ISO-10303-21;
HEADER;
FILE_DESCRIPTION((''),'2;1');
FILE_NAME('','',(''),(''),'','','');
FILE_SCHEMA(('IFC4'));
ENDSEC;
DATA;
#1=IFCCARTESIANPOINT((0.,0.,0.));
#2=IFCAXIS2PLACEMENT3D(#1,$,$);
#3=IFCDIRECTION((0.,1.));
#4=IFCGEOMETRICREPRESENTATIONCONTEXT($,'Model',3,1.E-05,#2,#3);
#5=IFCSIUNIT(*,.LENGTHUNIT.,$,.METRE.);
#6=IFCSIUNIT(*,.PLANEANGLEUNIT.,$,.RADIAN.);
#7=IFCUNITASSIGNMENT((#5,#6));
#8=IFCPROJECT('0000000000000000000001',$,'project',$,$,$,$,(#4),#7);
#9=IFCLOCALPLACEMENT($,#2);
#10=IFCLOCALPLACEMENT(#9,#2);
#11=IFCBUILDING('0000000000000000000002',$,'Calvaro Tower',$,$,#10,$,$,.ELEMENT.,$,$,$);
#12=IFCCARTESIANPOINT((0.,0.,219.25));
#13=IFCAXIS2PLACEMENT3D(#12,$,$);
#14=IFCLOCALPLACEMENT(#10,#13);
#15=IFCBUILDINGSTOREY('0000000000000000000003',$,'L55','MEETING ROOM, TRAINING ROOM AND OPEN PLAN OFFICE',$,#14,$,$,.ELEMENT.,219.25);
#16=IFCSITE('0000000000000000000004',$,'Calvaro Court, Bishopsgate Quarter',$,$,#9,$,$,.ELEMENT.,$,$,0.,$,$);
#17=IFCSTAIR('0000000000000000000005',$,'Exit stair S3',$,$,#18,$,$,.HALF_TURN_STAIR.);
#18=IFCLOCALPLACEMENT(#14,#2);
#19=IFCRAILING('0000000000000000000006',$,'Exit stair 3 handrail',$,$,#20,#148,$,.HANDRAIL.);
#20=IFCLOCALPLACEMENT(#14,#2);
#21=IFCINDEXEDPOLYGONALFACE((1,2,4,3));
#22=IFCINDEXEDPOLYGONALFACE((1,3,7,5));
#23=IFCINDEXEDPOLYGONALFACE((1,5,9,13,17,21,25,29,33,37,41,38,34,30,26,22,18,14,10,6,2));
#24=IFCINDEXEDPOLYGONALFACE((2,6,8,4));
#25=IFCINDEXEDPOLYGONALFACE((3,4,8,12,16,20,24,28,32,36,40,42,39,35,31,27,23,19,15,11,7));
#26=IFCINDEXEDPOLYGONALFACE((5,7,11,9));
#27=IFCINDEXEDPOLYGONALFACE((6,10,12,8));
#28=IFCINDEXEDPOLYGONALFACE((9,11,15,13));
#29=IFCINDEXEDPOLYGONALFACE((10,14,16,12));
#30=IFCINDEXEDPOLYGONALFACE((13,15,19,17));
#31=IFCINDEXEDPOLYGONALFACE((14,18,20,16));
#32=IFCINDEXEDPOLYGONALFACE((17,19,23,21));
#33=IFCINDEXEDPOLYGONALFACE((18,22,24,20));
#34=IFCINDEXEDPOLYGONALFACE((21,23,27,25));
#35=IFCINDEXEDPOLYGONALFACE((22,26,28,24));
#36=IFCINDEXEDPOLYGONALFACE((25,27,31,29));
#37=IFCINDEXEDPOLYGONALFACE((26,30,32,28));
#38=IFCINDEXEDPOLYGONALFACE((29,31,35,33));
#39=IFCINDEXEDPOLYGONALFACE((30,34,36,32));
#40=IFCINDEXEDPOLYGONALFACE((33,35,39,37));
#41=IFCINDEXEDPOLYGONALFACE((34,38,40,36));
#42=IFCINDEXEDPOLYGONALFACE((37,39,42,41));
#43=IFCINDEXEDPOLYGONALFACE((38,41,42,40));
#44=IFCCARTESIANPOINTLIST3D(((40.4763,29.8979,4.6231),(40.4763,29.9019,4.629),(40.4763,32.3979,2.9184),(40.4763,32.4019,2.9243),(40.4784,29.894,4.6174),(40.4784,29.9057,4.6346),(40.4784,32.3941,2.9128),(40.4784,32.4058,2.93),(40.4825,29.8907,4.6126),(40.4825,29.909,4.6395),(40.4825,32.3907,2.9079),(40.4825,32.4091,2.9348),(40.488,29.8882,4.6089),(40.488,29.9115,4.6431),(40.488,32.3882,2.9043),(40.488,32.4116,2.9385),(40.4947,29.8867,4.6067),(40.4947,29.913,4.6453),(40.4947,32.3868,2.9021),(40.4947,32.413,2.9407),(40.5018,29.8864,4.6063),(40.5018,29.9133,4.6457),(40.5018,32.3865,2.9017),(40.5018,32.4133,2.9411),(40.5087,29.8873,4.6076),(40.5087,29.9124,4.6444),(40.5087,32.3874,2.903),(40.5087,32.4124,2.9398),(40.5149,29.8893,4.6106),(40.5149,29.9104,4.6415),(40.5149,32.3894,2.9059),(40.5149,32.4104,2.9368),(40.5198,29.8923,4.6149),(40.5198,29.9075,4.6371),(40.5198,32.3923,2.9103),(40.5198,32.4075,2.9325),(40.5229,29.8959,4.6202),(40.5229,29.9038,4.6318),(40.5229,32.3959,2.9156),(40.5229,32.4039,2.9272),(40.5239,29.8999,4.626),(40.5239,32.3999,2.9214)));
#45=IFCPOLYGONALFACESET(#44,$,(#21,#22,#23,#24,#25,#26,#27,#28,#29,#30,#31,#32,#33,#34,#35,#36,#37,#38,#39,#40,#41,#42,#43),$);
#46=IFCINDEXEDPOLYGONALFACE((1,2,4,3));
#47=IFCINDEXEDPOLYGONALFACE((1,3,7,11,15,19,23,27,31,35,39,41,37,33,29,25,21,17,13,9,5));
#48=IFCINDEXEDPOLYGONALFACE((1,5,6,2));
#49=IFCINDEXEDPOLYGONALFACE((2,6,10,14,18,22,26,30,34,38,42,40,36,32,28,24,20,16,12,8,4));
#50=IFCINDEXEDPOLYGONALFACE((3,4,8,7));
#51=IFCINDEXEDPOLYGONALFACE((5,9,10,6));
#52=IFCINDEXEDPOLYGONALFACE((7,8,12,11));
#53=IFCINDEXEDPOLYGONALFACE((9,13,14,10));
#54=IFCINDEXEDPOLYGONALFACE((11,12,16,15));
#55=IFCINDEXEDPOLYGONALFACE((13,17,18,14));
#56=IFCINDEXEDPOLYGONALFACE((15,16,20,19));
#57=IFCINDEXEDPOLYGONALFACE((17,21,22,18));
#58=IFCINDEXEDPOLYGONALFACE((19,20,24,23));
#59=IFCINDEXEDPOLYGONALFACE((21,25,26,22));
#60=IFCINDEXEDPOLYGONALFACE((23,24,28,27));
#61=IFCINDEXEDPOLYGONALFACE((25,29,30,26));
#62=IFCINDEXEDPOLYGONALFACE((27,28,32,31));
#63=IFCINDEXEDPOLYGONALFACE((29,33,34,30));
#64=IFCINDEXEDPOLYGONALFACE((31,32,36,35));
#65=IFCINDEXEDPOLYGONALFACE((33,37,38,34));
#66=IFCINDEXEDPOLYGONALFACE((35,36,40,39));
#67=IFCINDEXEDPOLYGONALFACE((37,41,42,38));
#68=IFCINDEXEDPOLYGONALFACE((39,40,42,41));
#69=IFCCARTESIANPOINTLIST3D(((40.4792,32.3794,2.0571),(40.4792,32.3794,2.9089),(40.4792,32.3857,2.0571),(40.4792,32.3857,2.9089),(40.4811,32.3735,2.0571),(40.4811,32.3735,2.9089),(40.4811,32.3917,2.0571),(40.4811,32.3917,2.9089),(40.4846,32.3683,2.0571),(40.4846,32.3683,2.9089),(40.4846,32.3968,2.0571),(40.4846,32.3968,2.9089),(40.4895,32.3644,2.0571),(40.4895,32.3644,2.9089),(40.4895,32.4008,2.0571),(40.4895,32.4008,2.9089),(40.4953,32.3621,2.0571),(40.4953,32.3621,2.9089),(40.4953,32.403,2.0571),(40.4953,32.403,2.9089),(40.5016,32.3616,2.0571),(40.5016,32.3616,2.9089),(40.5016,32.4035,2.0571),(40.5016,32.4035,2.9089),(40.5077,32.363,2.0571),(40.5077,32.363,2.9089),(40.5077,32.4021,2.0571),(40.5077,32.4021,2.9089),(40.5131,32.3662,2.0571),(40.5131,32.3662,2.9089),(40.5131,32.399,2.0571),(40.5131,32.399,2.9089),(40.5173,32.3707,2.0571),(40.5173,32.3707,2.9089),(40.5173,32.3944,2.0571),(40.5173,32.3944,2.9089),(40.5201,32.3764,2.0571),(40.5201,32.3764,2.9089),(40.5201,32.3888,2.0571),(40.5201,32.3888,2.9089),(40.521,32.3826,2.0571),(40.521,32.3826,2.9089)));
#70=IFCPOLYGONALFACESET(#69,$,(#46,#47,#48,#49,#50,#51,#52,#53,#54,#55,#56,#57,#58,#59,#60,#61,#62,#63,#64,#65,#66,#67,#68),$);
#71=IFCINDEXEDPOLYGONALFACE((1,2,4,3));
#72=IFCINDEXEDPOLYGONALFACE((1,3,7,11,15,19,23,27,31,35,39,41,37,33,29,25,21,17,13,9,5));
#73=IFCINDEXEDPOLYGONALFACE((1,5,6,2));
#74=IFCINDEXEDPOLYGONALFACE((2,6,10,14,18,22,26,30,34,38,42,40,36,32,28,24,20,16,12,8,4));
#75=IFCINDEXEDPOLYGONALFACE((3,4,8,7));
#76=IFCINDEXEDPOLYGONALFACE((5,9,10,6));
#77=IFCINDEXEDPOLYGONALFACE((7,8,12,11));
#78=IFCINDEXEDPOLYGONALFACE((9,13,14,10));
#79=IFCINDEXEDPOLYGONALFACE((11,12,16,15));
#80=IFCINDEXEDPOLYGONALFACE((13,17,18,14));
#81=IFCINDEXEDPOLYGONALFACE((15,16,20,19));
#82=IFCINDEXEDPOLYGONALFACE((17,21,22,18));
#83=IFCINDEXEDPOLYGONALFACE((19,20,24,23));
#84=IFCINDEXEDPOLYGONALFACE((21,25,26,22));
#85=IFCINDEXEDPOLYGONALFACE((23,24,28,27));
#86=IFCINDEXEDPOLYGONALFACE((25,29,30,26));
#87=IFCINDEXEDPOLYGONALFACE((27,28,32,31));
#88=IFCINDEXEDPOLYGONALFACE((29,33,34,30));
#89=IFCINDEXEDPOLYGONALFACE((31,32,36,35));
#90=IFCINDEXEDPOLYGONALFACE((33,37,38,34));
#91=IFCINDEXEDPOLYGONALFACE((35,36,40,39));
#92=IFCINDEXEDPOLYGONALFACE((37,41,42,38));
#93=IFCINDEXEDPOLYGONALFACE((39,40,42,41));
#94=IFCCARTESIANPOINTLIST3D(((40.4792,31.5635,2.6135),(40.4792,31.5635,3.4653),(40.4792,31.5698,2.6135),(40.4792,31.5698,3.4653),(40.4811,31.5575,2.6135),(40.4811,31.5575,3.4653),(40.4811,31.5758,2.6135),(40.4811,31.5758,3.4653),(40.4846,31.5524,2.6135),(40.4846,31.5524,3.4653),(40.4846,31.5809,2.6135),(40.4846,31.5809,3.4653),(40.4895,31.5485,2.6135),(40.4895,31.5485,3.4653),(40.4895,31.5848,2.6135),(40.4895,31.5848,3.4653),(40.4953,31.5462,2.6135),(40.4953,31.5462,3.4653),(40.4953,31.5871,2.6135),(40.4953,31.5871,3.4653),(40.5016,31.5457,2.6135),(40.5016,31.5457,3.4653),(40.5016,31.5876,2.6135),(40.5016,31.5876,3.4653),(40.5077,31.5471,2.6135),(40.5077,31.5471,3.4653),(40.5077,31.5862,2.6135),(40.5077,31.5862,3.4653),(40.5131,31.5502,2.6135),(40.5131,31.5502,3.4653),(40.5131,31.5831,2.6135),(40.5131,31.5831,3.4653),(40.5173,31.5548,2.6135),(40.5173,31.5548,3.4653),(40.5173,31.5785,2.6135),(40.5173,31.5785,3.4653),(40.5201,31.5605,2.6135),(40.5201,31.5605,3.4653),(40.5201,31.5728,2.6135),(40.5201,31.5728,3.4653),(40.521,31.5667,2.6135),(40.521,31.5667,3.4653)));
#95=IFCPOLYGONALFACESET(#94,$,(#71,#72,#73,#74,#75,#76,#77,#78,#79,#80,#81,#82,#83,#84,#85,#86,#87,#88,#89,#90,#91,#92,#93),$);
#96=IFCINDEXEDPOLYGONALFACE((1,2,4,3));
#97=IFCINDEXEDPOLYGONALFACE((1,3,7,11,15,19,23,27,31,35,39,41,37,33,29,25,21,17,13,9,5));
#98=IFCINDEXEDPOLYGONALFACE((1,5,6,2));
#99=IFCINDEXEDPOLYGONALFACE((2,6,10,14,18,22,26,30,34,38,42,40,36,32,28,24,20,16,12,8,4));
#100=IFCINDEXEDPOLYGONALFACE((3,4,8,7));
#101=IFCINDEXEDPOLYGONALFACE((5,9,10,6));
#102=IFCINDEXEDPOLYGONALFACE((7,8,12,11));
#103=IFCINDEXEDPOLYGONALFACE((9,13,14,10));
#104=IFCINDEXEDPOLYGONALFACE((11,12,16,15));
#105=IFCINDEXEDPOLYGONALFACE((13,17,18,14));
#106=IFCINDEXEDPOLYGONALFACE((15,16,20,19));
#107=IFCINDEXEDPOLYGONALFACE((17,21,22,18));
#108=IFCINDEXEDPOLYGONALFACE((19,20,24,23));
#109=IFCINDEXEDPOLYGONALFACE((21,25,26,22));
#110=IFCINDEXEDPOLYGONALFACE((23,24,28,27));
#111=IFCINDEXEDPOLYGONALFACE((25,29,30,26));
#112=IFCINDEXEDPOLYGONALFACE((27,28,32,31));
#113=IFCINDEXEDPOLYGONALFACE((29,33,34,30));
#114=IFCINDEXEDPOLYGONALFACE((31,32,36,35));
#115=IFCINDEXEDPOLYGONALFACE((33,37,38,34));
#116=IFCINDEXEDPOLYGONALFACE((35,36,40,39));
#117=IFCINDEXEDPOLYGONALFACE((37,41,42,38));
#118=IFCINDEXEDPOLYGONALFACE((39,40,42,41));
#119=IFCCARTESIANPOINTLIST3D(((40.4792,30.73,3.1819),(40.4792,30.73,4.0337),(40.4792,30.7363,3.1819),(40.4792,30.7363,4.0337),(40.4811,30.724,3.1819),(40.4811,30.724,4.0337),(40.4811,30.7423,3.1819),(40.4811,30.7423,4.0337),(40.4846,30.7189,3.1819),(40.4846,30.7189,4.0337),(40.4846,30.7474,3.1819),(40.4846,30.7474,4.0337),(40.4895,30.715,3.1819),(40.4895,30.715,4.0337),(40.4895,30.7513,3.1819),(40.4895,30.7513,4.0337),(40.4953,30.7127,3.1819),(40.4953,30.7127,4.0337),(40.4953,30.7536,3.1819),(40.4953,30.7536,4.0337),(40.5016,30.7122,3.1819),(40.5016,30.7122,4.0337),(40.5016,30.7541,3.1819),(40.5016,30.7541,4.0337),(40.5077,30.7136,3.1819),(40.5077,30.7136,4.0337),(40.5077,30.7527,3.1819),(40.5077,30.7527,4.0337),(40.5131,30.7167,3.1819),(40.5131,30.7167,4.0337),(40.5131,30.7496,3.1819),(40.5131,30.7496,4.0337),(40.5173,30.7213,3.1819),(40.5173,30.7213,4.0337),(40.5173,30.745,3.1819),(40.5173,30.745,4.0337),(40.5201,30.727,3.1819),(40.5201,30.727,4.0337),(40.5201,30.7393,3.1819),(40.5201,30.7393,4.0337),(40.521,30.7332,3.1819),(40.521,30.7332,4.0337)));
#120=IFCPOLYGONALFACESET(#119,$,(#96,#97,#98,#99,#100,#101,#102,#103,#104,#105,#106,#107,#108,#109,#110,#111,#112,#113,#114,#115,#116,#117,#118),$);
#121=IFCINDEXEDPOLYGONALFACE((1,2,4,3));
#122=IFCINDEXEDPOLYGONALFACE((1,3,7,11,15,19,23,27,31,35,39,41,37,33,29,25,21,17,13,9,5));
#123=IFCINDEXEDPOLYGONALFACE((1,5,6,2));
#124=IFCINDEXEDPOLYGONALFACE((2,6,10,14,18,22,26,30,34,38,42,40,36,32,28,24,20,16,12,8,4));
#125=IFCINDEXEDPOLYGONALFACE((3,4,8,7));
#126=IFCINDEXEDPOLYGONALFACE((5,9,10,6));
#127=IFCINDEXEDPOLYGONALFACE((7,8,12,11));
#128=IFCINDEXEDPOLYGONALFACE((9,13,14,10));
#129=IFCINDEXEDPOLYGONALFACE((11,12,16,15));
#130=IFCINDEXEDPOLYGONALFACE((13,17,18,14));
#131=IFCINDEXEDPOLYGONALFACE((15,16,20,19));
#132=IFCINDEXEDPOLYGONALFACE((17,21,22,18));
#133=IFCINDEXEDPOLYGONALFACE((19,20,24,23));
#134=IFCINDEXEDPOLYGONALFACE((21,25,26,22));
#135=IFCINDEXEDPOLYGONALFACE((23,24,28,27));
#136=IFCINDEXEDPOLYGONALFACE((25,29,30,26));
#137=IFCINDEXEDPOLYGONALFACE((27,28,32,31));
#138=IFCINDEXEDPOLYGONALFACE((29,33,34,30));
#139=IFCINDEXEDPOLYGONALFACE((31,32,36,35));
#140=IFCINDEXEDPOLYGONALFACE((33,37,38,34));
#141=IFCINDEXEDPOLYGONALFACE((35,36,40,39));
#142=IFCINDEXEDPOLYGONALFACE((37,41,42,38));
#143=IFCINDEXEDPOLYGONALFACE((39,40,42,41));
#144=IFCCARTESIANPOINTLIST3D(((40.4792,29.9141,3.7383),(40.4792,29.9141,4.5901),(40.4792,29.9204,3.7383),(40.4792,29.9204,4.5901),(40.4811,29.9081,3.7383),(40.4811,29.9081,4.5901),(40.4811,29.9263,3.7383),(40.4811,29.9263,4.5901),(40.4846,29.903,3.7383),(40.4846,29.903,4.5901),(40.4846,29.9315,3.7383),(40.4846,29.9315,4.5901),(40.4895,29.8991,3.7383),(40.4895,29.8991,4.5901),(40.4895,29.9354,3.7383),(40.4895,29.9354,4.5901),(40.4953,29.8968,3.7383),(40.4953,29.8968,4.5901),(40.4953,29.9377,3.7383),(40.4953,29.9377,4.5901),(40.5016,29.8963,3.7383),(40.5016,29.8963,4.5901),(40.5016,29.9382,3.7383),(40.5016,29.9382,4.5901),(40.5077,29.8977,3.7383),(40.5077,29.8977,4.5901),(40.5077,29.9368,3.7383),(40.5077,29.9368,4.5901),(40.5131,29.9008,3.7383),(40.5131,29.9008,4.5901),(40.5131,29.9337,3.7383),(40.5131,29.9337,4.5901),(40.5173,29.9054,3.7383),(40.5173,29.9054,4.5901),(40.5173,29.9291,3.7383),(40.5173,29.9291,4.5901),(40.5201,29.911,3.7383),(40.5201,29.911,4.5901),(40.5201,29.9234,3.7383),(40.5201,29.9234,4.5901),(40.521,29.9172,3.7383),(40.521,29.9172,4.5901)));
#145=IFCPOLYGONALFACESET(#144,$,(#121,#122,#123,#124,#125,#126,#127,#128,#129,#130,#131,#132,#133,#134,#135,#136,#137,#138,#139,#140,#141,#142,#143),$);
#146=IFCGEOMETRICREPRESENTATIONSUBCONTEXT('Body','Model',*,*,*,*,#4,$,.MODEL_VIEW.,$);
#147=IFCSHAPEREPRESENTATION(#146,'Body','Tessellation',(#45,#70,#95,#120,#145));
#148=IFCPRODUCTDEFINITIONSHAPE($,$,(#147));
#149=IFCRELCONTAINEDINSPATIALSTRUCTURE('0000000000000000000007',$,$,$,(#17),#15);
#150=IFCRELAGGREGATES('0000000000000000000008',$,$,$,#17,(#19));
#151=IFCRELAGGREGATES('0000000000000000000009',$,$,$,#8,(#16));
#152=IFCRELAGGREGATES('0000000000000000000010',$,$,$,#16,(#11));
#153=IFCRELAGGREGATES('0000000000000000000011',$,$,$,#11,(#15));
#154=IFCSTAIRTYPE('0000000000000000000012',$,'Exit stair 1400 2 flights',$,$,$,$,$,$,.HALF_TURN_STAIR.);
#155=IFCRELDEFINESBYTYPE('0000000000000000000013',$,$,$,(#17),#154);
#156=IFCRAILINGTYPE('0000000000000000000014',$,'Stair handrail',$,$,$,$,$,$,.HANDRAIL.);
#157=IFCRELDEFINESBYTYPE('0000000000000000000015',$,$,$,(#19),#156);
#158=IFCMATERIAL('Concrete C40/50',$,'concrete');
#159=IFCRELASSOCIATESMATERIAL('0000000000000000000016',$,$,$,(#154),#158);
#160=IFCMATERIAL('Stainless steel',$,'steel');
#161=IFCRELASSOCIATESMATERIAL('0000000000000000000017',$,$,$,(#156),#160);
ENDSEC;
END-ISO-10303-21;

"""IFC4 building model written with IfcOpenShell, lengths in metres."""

from ifc_helpers import new_model, si_unit, direction, frame, origin, origin_2d, place, context, subcontext, project, spatial, circle, extrude, material, type_object, element, aggregate, save


model = new_model("IFC4")

# Units and contexts
model_context = context("Model", 3, precision=1e-05, world=origin(), true_north=direction((0.0, 1.0)))
body_context = subcontext(model_context, "Body", "Model", "MODEL_VIEW")
ifc_project = project(units=[si_unit("LENGTHUNIT", "METRE"), si_unit("PLANEANGLEUNIT", "RADIAN")], contexts=[model_context])

# Site, building, storey
site_placement = place(None, origin())
site = spatial("IfcSite", under=ifc_project, at=site_placement, Name="Calvaro Court, Bishopsgate Quarter", CompositionType="ELEMENT", RefElevation=0.0)
building_placement = place(site_placement, origin())
building = spatial("IfcBuilding", under=site, at=building_placement, Name="Calvaro Tower", CompositionType="ELEMENT")
storey_placement = place(building_placement, frame((0.0, 0.0, 219.25)))
storey = spatial("IfcBuildingStorey", under=building, at=storey_placement, Name="L55", Description="MEETING ROOM, TRAINING ROOM AND OPEN PLAN OFFICE", CompositionType="ELEMENT", Elevation=219.25)

# Stair
ifc_material_1 = material(Name="Concrete C40/50", Category="concrete")
stair_type = type_object("IfcStairType", Name="Exit stair 1400 2 flights", PredefinedType="HALF_TURN_STAIR", material=ifc_material_1)
stair_1_placement = place(storey_placement, origin())
stair_1 = element("IfcStair", 1, at=stair_1_placement, inside=storey, type_object=stair_type, Name="Exit stair S3", PredefinedType="HALF_TURN_STAIR")

# Railing
ifc_material_2 = material(Name="Stainless steel", Category="steel")
railing_type = type_object("IfcRailingType", Name="Stair handrail", PredefinedType="HANDRAIL", material=ifc_material_2)
railing_1_placement = place(storey_placement, frame((40.5, 32.3999, 2.0454)))
railing_1 = element("IfcRailing", 2, at=railing_1_placement, type_object=railing_type, Name="Exit stair 3 handrail", PredefinedType="HANDRAIL", context=body_context, shape_type="SweptSolid", body=[
    extrude(circle(Radius=0.0239, at=origin_2d()), frame((0.0, 0.0, 0.876), z_axis=(0.0, -0.826221, 0.563347), x_axis=(1.0, 0.0, 0.0)), (0.0, 0.0, 1.0), 3.0259),
    extrude(circle(Radius=0.021, at=origin_2d()), frame((0.0, -0.0173, 0.0117)), (0.0, 0.0, 1.0), 0.8518),
    extrude(circle(Radius=0.021, at=origin_2d()), frame((0.0, -0.8333, 0.5681)), (0.0, 0.0, 1.0), 0.8518),
    extrude(circle(Radius=0.021, at=origin_2d()), frame((0.0, -1.6667, 1.1365)), (0.0, 0.0, 1.0), 0.8518),
    extrude(circle(Radius=0.021, at=origin_2d()), frame((0.0, -2.4827, 1.6929)), (0.0, 0.0, 1.0), 0.8518),
])
aggregate(stair_1, [railing_1])

save(model, "model.ifc")
